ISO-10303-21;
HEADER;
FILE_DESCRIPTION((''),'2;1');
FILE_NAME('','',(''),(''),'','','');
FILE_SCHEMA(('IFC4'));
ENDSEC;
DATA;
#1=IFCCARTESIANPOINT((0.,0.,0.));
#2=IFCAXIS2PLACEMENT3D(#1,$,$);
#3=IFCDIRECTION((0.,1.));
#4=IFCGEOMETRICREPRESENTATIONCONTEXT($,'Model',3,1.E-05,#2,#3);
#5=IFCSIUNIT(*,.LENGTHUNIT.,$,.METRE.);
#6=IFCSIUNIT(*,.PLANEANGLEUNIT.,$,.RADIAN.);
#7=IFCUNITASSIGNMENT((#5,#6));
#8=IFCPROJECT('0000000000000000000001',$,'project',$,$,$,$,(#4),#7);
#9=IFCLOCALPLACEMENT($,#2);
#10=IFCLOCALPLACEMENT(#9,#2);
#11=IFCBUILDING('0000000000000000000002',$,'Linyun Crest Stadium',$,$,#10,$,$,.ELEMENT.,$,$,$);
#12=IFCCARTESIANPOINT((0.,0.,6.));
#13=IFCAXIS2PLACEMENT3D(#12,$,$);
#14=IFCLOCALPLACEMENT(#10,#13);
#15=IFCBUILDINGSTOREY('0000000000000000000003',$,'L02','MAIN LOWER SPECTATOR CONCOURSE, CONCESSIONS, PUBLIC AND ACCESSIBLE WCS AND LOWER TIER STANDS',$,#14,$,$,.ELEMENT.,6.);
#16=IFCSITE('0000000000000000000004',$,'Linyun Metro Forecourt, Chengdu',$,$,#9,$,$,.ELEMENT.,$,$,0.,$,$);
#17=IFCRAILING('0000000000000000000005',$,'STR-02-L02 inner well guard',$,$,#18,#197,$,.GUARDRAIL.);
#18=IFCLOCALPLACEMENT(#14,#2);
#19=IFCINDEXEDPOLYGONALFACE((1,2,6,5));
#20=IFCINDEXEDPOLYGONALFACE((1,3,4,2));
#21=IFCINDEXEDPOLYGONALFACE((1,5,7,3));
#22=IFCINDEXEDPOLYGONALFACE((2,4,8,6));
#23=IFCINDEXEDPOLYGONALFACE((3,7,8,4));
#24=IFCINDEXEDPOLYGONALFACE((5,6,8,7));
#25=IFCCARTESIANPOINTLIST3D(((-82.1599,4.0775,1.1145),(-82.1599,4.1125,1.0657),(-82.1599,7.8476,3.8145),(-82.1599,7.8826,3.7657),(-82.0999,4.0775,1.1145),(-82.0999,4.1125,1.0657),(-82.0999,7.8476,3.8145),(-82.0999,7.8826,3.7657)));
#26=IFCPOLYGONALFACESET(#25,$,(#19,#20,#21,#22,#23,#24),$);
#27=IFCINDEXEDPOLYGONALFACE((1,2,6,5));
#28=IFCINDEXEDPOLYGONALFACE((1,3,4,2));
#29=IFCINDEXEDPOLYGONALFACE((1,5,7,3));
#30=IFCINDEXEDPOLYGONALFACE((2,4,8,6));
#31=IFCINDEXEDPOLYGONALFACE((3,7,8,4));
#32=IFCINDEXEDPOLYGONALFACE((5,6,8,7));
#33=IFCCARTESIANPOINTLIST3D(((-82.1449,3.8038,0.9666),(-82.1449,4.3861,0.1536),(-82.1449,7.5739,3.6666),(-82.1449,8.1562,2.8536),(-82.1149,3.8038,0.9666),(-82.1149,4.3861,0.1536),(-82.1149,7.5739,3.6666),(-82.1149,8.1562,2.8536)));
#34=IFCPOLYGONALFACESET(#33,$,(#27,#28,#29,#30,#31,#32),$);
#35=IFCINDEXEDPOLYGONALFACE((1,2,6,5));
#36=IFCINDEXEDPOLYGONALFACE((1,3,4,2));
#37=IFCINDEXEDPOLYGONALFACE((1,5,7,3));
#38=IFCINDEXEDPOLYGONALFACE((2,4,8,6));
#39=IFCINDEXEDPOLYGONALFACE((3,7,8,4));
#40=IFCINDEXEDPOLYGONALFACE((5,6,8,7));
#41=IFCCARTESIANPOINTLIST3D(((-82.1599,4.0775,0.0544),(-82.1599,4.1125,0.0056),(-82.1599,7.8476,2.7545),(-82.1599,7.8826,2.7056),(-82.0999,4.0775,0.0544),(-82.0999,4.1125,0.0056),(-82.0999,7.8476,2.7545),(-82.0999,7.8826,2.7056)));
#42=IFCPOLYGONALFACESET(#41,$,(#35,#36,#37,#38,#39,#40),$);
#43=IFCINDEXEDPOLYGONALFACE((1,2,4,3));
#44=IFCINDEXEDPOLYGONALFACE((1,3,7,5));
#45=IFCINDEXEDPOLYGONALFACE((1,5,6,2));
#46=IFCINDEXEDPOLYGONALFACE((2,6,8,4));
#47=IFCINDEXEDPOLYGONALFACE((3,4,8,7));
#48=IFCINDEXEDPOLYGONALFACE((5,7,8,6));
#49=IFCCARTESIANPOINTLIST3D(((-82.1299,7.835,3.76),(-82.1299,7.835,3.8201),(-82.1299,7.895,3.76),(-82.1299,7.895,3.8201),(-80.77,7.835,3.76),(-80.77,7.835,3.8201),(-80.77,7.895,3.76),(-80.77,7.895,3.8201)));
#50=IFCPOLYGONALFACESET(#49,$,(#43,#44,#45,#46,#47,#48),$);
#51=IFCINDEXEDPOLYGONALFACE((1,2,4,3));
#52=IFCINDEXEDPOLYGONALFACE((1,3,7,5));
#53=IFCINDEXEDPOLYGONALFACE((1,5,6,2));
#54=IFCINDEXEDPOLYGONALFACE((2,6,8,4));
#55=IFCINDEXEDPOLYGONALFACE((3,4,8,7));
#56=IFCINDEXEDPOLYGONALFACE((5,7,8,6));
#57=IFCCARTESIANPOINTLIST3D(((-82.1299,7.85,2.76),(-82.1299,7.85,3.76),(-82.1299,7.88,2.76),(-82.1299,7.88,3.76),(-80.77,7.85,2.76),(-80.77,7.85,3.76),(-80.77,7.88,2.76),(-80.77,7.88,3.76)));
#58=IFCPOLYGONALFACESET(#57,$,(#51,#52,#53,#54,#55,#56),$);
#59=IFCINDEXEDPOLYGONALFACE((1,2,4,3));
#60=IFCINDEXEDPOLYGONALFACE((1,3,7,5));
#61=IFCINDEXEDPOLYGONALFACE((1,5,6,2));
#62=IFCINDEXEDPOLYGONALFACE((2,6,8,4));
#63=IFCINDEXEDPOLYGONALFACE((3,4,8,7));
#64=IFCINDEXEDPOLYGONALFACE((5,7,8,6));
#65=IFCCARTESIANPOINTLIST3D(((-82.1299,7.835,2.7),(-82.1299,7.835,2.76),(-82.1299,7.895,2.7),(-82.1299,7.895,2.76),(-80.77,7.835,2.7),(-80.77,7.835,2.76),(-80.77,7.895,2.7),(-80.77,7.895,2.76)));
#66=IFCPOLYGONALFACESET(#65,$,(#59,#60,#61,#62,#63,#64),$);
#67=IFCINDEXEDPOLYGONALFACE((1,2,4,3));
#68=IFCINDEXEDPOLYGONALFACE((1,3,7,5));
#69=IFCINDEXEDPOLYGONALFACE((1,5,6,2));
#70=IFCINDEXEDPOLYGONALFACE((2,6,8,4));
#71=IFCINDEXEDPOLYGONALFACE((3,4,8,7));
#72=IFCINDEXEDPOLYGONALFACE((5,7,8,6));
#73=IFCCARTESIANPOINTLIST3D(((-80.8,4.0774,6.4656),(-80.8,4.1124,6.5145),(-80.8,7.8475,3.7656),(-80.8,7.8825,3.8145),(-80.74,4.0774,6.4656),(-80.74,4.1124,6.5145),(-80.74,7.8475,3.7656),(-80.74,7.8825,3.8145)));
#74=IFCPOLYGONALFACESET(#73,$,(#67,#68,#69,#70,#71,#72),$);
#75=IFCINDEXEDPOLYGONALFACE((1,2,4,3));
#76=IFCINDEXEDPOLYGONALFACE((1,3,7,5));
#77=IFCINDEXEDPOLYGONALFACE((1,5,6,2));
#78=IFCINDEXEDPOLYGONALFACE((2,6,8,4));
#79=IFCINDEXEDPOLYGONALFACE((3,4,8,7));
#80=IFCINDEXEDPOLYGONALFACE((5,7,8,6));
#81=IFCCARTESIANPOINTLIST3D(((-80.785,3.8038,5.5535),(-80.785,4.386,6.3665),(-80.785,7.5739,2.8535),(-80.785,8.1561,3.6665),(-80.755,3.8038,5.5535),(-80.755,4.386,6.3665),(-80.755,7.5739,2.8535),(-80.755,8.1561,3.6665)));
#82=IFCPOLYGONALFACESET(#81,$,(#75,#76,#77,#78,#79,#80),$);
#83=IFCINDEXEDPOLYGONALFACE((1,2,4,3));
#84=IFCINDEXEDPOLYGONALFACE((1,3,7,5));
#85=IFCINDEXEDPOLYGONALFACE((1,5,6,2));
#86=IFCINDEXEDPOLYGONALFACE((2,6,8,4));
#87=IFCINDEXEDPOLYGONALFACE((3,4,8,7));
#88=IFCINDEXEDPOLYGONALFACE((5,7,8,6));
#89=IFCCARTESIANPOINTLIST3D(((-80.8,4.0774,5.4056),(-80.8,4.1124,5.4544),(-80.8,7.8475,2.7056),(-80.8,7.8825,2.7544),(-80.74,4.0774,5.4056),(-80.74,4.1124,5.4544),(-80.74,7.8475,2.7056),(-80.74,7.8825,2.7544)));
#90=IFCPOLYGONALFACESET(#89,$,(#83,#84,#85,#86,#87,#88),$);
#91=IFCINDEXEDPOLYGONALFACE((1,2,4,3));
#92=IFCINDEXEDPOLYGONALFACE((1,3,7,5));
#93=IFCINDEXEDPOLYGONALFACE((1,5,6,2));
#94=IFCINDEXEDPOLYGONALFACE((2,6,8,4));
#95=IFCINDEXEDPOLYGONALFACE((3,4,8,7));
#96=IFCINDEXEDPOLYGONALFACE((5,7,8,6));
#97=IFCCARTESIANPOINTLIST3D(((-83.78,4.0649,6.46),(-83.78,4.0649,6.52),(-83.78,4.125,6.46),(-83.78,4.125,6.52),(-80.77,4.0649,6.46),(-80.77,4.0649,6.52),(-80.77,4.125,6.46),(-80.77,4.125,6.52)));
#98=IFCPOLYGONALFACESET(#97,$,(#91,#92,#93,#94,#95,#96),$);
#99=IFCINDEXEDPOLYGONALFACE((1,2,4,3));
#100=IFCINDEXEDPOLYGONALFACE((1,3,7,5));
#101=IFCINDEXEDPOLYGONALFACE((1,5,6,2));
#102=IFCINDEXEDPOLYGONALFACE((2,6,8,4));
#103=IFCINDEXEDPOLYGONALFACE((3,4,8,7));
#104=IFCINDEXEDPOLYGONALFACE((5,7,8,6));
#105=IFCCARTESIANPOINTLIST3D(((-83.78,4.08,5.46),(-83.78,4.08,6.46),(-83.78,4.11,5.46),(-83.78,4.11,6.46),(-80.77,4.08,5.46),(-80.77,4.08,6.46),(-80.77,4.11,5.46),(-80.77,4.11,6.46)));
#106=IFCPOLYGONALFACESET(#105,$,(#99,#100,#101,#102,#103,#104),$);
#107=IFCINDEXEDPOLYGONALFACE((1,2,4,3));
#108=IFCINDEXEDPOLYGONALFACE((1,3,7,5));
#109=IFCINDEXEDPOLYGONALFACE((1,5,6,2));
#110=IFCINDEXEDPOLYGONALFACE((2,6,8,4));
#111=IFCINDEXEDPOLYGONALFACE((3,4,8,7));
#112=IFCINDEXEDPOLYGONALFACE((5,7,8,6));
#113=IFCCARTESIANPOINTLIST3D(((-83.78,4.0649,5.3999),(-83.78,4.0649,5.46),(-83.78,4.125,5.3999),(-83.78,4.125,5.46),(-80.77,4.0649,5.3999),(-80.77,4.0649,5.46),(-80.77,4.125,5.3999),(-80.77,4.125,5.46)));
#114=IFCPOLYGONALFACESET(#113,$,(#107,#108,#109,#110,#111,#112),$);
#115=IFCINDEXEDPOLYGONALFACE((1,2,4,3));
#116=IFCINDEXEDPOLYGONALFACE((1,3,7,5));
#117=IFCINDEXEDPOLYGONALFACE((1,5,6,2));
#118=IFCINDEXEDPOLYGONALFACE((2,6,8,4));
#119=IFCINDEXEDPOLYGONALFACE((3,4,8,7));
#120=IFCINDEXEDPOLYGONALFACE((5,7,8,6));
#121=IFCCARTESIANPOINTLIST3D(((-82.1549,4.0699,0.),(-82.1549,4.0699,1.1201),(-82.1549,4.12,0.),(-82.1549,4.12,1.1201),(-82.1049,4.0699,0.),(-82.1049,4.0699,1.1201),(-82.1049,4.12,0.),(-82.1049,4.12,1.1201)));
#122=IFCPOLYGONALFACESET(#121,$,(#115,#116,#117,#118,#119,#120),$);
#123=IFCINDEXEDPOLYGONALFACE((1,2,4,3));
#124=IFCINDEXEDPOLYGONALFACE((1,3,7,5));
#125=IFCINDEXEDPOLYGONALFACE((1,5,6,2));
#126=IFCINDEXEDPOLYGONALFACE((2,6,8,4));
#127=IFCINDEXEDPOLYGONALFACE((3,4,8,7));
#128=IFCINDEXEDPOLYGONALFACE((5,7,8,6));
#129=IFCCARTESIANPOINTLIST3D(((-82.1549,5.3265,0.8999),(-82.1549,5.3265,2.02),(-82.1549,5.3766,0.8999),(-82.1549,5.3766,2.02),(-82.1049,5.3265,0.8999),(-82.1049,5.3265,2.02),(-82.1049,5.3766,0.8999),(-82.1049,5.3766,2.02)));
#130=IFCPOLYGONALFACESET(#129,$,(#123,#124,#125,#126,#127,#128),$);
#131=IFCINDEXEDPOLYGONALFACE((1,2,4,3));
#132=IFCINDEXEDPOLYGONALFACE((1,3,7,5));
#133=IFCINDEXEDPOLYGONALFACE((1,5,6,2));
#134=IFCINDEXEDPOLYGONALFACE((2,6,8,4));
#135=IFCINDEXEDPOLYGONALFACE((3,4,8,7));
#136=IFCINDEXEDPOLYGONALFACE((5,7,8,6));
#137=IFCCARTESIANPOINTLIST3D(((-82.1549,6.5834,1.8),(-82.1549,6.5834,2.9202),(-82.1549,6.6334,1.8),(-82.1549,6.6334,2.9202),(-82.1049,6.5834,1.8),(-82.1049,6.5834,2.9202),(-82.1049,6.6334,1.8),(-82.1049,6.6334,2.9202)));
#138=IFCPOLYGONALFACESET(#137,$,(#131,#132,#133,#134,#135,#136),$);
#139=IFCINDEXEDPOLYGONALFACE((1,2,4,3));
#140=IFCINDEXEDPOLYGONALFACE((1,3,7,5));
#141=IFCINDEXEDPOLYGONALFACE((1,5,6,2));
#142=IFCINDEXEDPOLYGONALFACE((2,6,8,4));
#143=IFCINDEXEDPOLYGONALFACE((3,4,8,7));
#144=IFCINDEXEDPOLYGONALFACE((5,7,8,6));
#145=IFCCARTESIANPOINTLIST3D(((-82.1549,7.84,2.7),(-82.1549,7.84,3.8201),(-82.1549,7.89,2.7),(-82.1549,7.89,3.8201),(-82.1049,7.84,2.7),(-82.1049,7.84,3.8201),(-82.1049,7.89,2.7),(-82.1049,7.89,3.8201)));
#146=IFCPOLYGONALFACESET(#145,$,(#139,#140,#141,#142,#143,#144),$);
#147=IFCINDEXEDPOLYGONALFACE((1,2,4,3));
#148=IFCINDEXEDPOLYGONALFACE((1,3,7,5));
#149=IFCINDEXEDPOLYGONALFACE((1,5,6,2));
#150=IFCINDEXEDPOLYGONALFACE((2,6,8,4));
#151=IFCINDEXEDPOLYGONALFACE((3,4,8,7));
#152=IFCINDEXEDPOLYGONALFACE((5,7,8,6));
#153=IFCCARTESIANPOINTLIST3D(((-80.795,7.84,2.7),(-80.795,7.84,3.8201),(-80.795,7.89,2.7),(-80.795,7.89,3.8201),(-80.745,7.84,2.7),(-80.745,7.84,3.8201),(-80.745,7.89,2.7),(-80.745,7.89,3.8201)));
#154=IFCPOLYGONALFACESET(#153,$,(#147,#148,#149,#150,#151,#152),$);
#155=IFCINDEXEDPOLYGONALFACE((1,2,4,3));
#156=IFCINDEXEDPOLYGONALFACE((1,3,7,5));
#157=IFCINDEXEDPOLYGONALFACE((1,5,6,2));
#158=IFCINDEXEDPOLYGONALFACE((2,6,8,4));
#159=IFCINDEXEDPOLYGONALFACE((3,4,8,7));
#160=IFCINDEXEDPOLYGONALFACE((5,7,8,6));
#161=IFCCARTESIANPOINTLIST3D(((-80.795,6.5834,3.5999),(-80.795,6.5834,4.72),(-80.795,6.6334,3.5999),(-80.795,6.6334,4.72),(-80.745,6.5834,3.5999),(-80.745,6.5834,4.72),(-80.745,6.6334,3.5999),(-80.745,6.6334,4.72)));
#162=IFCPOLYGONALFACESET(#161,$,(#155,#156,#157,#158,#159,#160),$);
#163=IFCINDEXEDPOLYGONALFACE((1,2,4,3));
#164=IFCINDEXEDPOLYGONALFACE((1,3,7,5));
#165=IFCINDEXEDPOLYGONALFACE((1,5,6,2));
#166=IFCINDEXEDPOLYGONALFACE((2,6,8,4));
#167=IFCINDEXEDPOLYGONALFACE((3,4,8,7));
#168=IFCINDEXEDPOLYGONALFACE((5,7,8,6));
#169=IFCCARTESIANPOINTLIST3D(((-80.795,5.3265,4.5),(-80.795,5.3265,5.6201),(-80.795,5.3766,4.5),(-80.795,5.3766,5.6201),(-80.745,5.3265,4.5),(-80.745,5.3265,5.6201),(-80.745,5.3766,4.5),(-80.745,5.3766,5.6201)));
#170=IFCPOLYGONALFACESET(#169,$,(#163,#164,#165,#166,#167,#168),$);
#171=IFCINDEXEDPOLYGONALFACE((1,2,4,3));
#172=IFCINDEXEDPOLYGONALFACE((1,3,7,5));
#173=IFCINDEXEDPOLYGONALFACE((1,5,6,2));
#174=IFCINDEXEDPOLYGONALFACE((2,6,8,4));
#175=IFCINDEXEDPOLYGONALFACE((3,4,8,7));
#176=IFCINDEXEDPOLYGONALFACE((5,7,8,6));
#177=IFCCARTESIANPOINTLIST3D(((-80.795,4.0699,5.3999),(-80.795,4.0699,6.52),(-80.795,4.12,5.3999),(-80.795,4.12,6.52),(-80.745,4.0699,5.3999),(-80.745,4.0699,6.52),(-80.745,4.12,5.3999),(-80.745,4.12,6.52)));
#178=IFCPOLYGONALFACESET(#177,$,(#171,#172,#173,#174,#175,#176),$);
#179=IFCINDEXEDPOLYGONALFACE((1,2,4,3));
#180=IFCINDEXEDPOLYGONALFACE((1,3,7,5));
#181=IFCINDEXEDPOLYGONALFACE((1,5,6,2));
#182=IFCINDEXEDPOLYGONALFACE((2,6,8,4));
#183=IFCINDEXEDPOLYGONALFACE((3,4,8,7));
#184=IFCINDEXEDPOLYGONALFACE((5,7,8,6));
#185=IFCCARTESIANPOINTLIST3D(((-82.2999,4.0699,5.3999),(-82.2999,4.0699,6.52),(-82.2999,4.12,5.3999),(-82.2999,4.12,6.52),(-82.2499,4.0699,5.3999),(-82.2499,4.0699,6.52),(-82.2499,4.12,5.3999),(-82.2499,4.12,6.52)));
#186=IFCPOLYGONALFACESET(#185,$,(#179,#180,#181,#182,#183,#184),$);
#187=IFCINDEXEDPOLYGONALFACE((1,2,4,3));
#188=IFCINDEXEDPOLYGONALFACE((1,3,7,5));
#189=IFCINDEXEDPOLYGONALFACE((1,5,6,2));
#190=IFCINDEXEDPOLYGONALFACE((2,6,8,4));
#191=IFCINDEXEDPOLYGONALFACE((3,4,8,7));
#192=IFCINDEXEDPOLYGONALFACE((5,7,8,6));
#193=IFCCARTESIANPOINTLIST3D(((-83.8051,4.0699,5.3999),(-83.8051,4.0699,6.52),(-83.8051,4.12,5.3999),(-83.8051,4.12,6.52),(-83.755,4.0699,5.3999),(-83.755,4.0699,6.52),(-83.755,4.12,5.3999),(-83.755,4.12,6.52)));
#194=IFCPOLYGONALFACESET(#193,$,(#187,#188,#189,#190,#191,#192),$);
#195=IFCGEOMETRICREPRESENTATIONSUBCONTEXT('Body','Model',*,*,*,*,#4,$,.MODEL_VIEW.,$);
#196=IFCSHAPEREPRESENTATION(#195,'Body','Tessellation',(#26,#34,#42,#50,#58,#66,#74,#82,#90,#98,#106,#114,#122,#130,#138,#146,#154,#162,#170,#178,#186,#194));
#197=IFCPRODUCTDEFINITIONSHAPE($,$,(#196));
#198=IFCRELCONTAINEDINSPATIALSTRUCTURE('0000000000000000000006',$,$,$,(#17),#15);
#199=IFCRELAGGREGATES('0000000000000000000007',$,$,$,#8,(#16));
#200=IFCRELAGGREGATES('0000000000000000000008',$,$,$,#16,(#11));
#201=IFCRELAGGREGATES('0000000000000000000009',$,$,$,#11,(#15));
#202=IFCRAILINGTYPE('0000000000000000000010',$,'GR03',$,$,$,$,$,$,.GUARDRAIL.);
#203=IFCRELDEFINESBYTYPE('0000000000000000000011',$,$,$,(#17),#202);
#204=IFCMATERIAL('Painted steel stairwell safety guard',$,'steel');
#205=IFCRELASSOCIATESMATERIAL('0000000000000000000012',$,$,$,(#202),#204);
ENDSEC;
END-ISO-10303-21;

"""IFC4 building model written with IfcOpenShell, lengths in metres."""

from ifc_helpers import new_model, si_unit, direction, frame, origin, origin_2d, place, context, subcontext, project, spatial, rectangle, extrude, material, type_object, element, save


model = new_model("IFC4")

# Units and contexts
model_context = context("Model", 3, precision=1e-05, world=origin(), true_north=direction((0.0, 1.0)))
body_context = subcontext(model_context, "Body", "Model", "MODEL_VIEW")
ifc_project = project(units=[si_unit("LENGTHUNIT", "METRE"), si_unit("PLANEANGLEUNIT", "RADIAN")], contexts=[model_context])

# Site, building, storey
site_placement = place(None, origin())
site = spatial("IfcSite", under=ifc_project, at=site_placement, Name="Linyun Metro Forecourt, Chengdu", CompositionType="ELEMENT", RefElevation=0.0)
building_placement = place(site_placement, origin())
building = spatial("IfcBuilding", under=site, at=building_placement, Name="Linyun Crest Stadium", CompositionType="ELEMENT")
storey_placement = place(building_placement, frame((0.0, 0.0, 6.0)))
storey = spatial("IfcBuildingStorey", under=building, at=storey_placement, Name="L02", Description="MAIN LOWER SPECTATOR CONCOURSE, CONCESSIONS, PUBLIC AND ACCESSIBLE WCS AND LOWER TIER STANDS", CompositionType="ELEMENT", Elevation=6.0)

# Railing
ifc_material_1 = material(Name="Painted steel stairwell safety guard", Category="steel")
railing_type_1 = type_object("IfcRailingType", Name="GR03", PredefinedType="GUARDRAIL", material=ifc_material_1)
railing_1_placement = place(storey_placement, frame((-82.1299, 4.095, 0.0)))
element("IfcRailing", 1, at=railing_1_placement, inside=storey, type_object=railing_type_1, Name="STR-02-L02 inner well guard", PredefinedType="GUARDRAIL", context=body_context, shape_type="SweptSolid", body=[
    extrude(rectangle(XDim=0.0601, YDim=0.0601, at=origin_2d()), frame((0.0, 0.0, 1.0901), z_axis=(0.0, 0.813011, 0.582249), x_axis=(-1.0, 0.0, 0.0)), (0.0, 0.0, 1.0), 4.6372),
    extrude(rectangle(XDim=0.03, YDim=1.0, at=origin_2d()), frame((0.0, 0.0, 0.5601), z_axis=(0.0, 0.813011, 0.582249), x_axis=(-1.0, 0.0, 0.0)), (0.0, 0.0, 1.0), 4.6372),
    extrude(rectangle(XDim=0.0601, YDim=0.0601, at=origin_2d()), frame((0.0, 0.0, 0.03), z_axis=(0.0, 0.813011, 0.582249), x_axis=(-1.0, 0.0, 0.0)), (0.0, 0.0, 1.0), 4.6372),
    extrude(rectangle(XDim=0.0601, YDim=0.0601, at=origin_2d()), frame((0.0, 3.77, 3.79), z_axis=(1.0, 0.0, 0.0), x_axis=(0.0, 1.0, 0.0)), (0.0, 0.0, 1.0), 1.3599),
    extrude(rectangle(XDim=0.03, YDim=1.0, at=origin_2d()), frame((0.0, 3.77, 3.26), z_axis=(1.0, 0.0, 0.0), x_axis=(0.0, 1.0, 0.0)), (0.0, 0.0, 1.0), 1.3599),
    extrude(rectangle(XDim=0.0601, YDim=0.0601, at=origin_2d()), frame((0.0, 3.77, 2.73), z_axis=(1.0, 0.0, 0.0), x_axis=(0.0, 1.0, 0.0)), (0.0, 0.0, 1.0), 1.3599),
    extrude(rectangle(XDim=0.0601, YDim=0.0601, at=origin_2d()), frame((1.3599, 3.77, 3.79), z_axis=(0.0, -0.813011, 0.582249), x_axis=(1.0, 0.0, 0.0)), (0.0, 0.0, 1.0), 4.6372),
    extrude(rectangle(XDim=0.03, YDim=1.0, at=origin_2d()), frame((1.3599, 3.77, 3.26), z_axis=(0.0, -0.813011, 0.582249), x_axis=(1.0, 0.0, 0.0)), (0.0, 0.0, 1.0), 4.6372),
    extrude(rectangle(XDim=0.0601, YDim=0.0601, at=origin_2d()), frame((1.3599, 3.77, 2.73), z_axis=(0.0, -0.813011, 0.582249), x_axis=(1.0, 0.0, 0.0)), (0.0, 0.0, 1.0), 4.6372),
    extrude(rectangle(XDim=0.0601, YDim=0.0601, at=origin_2d()), frame((1.3599, 0.0, 6.49), z_axis=(-1.0, 0.0, 0.0), x_axis=(0.0, -1.0, 0.0)), (0.0, 0.0, 1.0), 3.01),
    extrude(rectangle(XDim=0.03, YDim=1.0, at=origin_2d()), frame((1.3599, 0.0, 5.96), z_axis=(-1.0, 0.0, 0.0), x_axis=(0.0, -1.0, 0.0)), (0.0, 0.0, 1.0), 3.01),
    extrude(rectangle(XDim=0.0601, YDim=0.0601, at=origin_2d()), frame((1.3599, 0.0, 5.4299), z_axis=(-1.0, 0.0, 0.0), x_axis=(0.0, -1.0, 0.0)), (0.0, 0.0, 1.0), 3.01),
    extrude(rectangle(XDim=0.05, YDim=0.05, at=origin_2d()), origin(), (0.0, 0.0, 1.0), 1.1201),
    extrude(rectangle(XDim=0.05, YDim=0.05, at=origin_2d()), frame((0.0, 1.2566, 0.8999)), (0.0, 0.0, 1.0), 1.1201),
    extrude(rectangle(XDim=0.05, YDim=0.05, at=origin_2d()), frame((0.0, 2.5134, 1.8)), (0.0, 0.0, 1.0), 1.1201),
    extrude(rectangle(XDim=0.05, YDim=0.05, at=origin_2d()), frame((0.0, 3.77, 2.7)), (0.0, 0.0, 1.0), 1.1201),
    extrude(rectangle(XDim=0.05, YDim=0.05, at=origin_2d()), frame((1.3599, 3.77, 2.7)), (0.0, 0.0, 1.0), 1.1201),
    extrude(rectangle(XDim=0.05, YDim=0.05, at=origin_2d()), frame((1.3599, 2.5134, 3.5999)), (0.0, 0.0, 1.0), 1.1201),
    extrude(rectangle(XDim=0.05, YDim=0.05, at=origin_2d()), frame((1.3599, 1.2566, 4.5)), (0.0, 0.0, 1.0), 1.1201),
    extrude(rectangle(XDim=0.05, YDim=0.05, at=origin_2d()), frame((1.3599, 0.0, 5.3999)), (0.0, 0.0, 1.0), 1.1201),
    extrude(rectangle(XDim=0.05, YDim=0.05, at=origin_2d()), frame((-0.145, 0.0, 5.3999)), (0.0, 0.0, 1.0), 1.1201),
    extrude(rectangle(XDim=0.05, YDim=0.05, at=origin_2d()), frame((-1.6501, 0.0, 5.3999)), (0.0, 0.0, 1.0), 1.1201),
])

save(model, "model.ifc")
